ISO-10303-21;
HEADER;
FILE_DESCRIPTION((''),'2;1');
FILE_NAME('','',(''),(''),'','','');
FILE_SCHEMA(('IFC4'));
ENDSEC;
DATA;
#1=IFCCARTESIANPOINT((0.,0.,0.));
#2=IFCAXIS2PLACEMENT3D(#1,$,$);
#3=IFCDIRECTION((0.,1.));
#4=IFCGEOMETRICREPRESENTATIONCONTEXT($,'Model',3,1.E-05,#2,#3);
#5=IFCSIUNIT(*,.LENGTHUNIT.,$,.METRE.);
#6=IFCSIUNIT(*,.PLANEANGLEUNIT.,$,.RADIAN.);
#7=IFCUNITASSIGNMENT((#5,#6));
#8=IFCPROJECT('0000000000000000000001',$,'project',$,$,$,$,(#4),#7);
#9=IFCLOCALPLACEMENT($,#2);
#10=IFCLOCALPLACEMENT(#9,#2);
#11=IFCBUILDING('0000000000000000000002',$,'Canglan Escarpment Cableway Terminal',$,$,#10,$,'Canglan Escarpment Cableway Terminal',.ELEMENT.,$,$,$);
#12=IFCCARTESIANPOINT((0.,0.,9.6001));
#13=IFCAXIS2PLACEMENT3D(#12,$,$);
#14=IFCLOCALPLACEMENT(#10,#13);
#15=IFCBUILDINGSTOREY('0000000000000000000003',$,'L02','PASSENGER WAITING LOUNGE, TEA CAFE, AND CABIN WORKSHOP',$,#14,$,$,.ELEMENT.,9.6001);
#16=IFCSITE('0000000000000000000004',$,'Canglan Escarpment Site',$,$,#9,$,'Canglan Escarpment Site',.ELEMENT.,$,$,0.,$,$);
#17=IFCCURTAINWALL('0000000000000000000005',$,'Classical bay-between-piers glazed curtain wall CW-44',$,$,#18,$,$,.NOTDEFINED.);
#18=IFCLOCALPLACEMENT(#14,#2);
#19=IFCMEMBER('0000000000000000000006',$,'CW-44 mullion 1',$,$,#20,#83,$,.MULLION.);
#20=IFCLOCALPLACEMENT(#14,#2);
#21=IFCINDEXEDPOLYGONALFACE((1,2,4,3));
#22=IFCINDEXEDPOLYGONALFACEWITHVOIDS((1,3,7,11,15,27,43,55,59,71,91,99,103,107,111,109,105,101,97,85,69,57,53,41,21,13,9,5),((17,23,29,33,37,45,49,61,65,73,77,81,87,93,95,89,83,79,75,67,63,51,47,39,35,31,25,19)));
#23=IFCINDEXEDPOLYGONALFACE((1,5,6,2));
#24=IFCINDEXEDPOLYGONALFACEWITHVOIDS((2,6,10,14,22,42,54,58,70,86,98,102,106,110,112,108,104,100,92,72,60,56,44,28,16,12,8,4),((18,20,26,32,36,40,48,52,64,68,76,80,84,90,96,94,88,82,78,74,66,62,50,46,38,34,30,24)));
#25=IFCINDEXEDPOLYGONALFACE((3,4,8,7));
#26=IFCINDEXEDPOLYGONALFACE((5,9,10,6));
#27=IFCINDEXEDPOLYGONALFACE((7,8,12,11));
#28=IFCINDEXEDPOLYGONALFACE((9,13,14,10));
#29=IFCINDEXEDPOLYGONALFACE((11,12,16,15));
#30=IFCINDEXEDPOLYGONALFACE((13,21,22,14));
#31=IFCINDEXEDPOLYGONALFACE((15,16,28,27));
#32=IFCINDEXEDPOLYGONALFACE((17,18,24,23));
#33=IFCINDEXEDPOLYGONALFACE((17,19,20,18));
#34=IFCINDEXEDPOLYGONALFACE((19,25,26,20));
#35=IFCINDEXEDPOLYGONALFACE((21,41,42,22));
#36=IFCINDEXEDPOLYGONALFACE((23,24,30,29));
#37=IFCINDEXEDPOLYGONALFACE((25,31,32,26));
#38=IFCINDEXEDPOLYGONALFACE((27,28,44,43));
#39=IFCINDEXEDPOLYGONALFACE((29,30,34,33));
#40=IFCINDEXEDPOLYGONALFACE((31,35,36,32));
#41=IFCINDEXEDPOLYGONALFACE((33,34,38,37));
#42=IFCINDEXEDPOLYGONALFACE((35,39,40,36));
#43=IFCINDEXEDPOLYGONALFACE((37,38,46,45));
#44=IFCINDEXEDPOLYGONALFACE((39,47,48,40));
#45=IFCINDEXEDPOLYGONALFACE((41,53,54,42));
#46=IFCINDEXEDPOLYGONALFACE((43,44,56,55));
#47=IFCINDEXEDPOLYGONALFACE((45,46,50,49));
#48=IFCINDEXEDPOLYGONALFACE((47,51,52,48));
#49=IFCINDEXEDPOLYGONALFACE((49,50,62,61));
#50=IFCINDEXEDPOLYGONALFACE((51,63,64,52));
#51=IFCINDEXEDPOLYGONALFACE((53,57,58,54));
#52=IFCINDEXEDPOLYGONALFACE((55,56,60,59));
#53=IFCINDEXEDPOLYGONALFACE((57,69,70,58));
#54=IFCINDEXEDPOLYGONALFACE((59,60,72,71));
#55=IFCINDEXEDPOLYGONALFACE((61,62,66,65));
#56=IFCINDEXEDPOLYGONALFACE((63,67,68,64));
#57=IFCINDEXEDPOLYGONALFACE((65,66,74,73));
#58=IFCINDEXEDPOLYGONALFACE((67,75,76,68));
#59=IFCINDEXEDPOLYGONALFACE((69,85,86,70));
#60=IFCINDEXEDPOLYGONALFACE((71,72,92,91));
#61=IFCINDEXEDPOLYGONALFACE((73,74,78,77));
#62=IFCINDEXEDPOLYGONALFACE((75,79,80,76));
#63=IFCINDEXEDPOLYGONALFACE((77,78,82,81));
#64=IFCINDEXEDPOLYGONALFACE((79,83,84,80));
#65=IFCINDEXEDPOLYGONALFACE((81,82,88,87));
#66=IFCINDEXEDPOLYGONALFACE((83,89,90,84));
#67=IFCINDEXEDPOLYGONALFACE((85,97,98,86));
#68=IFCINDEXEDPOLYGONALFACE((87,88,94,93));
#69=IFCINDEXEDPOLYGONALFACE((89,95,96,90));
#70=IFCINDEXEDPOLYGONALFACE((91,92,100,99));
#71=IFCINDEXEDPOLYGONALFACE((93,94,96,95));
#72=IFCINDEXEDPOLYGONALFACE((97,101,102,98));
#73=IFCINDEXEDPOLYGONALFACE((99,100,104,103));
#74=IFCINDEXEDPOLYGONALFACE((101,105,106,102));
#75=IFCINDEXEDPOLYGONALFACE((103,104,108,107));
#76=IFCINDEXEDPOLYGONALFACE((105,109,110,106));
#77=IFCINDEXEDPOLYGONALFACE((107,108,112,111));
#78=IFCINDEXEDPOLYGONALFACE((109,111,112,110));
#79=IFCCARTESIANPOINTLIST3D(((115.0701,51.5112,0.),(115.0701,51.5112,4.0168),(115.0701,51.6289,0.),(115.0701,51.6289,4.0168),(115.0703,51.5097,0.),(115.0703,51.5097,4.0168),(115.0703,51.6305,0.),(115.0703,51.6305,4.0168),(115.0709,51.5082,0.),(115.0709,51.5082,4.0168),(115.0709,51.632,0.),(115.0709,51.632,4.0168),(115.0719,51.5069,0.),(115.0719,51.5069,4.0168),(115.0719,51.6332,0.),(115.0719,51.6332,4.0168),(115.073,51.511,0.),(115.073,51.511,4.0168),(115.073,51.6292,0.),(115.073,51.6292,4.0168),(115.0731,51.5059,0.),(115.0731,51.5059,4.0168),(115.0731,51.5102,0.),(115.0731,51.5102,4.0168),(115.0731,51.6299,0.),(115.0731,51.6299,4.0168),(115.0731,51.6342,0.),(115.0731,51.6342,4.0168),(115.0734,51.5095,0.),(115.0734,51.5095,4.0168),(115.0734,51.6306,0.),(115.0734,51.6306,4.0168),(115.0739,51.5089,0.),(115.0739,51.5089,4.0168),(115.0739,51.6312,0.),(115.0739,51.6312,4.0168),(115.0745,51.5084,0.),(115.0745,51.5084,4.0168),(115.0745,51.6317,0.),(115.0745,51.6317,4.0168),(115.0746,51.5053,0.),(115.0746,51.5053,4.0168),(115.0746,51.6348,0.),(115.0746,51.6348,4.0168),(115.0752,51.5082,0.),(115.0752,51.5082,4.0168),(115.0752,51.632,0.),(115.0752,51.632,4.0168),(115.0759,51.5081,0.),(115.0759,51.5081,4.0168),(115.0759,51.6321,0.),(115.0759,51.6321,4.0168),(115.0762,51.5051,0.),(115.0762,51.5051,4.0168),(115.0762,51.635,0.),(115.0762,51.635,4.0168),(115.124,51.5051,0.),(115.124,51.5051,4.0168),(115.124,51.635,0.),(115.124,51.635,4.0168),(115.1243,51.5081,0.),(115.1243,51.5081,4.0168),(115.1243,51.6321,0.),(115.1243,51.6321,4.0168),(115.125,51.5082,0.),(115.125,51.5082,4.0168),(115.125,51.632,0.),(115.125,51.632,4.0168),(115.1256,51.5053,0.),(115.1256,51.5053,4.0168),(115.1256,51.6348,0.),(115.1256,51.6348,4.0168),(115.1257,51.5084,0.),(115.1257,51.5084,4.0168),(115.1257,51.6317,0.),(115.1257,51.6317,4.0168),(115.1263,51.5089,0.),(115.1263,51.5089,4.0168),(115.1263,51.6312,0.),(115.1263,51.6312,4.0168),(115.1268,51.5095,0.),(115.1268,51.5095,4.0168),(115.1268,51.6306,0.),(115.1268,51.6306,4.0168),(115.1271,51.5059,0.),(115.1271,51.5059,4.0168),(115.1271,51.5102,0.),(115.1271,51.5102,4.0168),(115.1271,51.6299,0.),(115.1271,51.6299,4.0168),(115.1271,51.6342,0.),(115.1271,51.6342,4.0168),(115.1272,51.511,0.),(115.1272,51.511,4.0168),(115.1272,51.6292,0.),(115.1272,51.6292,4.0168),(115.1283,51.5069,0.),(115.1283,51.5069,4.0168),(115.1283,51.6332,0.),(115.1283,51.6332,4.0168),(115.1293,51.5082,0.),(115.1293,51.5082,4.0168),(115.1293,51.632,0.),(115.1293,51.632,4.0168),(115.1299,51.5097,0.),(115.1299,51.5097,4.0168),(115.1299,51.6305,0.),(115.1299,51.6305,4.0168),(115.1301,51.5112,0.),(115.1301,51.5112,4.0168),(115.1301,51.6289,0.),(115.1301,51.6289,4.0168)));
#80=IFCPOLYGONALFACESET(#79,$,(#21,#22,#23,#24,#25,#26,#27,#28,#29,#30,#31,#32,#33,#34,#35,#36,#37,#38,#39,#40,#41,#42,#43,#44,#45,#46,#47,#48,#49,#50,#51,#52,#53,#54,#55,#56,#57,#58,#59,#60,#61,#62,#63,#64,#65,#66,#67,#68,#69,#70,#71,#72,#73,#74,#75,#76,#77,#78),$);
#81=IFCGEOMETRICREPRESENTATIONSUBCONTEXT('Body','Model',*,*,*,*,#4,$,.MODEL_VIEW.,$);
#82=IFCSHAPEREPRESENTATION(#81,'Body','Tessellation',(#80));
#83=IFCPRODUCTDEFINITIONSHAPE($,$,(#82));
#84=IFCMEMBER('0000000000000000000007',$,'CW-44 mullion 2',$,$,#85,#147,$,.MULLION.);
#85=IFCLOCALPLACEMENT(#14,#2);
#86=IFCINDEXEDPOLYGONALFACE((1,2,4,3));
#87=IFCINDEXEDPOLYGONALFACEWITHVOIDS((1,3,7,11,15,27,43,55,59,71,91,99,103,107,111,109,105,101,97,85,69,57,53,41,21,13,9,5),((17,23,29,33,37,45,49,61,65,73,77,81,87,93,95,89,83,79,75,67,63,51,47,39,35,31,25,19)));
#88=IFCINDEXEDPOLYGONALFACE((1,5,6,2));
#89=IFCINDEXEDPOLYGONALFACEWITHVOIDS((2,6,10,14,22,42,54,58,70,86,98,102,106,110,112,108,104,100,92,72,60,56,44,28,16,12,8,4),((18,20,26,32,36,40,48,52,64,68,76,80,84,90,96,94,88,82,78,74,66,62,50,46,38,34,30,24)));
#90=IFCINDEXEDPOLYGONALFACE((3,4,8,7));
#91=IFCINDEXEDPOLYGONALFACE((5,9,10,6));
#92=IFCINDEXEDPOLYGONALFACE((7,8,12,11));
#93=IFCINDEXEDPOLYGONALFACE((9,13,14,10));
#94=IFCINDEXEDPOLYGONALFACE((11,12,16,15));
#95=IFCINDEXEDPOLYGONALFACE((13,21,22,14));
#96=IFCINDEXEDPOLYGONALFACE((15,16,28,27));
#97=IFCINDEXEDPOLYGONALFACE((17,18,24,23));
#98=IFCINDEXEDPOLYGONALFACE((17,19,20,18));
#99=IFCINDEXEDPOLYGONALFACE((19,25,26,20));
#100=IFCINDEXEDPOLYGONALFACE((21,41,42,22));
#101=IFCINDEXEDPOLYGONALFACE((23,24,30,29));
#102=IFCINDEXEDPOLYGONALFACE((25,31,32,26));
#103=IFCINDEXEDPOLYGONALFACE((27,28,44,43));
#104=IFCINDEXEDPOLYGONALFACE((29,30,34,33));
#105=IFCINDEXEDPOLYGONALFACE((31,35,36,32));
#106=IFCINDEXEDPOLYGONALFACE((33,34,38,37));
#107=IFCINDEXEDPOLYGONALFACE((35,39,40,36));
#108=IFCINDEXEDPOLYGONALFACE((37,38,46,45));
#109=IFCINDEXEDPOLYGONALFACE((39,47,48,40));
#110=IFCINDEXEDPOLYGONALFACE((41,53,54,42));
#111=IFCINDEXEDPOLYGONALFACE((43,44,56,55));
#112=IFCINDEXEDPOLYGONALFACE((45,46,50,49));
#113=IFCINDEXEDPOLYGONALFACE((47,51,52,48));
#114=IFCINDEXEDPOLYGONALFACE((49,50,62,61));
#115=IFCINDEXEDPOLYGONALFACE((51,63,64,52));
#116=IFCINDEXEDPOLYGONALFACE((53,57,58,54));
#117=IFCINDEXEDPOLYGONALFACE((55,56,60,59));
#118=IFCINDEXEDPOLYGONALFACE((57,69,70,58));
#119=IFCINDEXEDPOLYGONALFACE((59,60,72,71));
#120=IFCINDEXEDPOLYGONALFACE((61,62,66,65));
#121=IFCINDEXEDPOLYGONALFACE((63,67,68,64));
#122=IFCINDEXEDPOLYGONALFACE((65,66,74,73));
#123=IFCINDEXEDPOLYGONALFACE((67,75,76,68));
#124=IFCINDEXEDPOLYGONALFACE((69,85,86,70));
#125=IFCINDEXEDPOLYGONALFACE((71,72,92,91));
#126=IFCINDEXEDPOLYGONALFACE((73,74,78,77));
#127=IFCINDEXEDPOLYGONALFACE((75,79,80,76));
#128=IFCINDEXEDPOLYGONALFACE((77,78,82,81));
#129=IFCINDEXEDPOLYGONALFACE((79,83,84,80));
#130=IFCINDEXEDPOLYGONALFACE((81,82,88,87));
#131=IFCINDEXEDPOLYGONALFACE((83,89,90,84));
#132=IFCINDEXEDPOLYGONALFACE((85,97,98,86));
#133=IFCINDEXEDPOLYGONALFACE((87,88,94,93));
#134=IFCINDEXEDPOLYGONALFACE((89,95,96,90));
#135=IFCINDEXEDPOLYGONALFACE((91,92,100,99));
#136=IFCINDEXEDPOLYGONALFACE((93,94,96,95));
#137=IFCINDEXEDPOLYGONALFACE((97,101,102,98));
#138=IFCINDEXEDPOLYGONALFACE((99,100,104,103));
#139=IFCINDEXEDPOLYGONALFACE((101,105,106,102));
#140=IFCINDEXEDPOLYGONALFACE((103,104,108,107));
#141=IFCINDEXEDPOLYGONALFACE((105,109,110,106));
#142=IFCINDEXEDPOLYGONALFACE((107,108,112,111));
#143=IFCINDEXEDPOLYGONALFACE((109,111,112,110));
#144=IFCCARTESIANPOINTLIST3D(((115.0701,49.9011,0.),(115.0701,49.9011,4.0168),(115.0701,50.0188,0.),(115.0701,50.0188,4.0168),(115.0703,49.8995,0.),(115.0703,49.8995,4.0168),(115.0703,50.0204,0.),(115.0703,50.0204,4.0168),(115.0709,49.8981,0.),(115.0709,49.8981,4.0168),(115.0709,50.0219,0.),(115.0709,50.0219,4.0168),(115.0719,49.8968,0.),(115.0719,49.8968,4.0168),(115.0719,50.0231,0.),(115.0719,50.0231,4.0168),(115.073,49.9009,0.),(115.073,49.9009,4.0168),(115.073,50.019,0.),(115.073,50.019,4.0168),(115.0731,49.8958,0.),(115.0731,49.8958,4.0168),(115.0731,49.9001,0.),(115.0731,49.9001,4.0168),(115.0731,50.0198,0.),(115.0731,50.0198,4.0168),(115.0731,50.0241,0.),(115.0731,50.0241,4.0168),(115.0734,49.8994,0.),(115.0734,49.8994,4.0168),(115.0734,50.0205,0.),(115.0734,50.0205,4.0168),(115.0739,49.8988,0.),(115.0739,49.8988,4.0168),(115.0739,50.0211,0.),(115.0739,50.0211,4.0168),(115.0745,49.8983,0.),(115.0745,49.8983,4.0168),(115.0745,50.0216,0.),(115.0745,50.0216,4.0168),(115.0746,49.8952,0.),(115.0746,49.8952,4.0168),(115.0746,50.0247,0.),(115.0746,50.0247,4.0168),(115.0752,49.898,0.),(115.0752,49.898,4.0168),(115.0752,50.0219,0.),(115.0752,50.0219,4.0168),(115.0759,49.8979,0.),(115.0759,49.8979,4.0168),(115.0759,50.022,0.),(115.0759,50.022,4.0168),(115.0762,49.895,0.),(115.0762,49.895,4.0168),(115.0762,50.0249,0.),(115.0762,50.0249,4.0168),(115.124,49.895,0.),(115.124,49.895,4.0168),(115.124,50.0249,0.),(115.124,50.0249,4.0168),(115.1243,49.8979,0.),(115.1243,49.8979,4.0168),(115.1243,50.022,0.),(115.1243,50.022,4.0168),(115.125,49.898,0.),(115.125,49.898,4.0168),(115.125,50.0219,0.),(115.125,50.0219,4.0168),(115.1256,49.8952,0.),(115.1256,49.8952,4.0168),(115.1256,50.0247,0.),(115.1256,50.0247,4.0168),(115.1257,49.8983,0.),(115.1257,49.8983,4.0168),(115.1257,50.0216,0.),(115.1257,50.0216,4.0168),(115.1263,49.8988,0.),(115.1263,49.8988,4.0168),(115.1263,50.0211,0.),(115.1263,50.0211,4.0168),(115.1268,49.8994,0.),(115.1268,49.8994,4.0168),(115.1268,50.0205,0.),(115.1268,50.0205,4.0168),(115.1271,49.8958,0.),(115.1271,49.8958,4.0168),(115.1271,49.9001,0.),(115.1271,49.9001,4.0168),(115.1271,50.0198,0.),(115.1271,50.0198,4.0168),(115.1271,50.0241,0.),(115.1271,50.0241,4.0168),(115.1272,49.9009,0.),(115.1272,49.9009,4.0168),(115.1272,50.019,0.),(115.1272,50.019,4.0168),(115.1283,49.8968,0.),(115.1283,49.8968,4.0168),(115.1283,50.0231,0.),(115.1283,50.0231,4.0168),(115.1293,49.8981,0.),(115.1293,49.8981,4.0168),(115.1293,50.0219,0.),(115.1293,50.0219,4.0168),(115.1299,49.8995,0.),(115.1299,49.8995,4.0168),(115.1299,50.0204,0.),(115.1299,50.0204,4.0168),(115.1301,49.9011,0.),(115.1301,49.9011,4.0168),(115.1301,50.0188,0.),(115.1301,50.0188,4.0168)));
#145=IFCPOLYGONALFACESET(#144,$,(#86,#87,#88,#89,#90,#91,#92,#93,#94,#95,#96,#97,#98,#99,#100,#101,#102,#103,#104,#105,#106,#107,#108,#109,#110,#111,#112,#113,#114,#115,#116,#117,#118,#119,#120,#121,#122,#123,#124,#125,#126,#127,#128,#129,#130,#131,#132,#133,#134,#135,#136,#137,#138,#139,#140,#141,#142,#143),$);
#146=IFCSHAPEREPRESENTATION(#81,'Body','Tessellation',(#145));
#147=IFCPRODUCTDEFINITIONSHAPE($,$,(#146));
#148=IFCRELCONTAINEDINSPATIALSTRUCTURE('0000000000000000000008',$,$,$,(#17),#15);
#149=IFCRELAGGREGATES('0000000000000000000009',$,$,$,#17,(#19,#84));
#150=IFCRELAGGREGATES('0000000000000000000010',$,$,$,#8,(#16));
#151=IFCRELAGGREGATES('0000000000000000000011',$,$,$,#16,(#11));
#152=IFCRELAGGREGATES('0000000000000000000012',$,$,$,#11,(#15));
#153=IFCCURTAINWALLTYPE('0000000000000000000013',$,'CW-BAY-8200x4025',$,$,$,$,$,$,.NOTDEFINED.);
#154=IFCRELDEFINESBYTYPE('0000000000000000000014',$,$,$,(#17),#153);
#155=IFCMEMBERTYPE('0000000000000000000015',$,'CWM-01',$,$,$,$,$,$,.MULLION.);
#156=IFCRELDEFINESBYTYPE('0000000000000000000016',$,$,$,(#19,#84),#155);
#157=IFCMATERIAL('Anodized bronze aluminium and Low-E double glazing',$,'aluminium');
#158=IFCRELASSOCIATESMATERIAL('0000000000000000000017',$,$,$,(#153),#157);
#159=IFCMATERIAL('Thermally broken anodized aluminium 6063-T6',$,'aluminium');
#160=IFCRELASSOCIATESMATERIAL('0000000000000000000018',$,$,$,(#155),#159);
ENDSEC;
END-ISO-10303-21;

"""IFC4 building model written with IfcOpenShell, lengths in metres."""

from ifc_helpers import new_model, si_unit, direction, frame, origin, origin_2d, place, context, subcontext, project, spatial, hollow_rectangle, extrude, material, material_profile, profile_set, type_object, element, aggregate, save


model = new_model("IFC4")

# Units and contexts
model_context = context("Model", 3, precision=1e-05, world=origin(), true_north=direction((0.0, 1.0)))
body_context = subcontext(model_context, "Body", "Model", "MODEL_VIEW")
ifc_project = project(units=[si_unit("LENGTHUNIT", "METRE"), si_unit("PLANEANGLEUNIT", "RADIAN")], contexts=[model_context])

# Site, building, storey
site_placement = place(None, origin())
site = spatial("IfcSite", under=ifc_project, at=site_placement, Name="Canglan Escarpment Site", LongName="Canglan Escarpment Site", CompositionType="ELEMENT", RefElevation=0.0)
building_placement = place(site_placement, origin())
building = spatial("IfcBuilding", under=site, at=building_placement, Name="Canglan Escarpment Cableway Terminal", LongName="Canglan Escarpment Cableway Terminal", CompositionType="ELEMENT")
storey_placement = place(building_placement, frame((0.0, 0.0, 9.6001)))
storey = spatial("IfcBuildingStorey", under=building, at=storey_placement, Name="L02", Description="PASSENGER WAITING LOUNGE, TEA CAFE, AND CABIN WORKSHOP", CompositionType="ELEMENT", Elevation=9.6001)

# Curtain wall, members
ifc_material_1 = material(Name="Anodized bronze aluminium and Low-E double glazing", Category="aluminium")
curtain_wall_type = type_object("IfcCurtainWallType", Name="CW-BAY-8200x4025", PredefinedType="NOTDEFINED", material=ifc_material_1)
curtain_wall_1_placement = place(storey_placement, origin())
curtain_wall_1 = element("IfcCurtainWall", 1, at=curtain_wall_1_placement, inside=storey, type_object=curtain_wall_type, Name="Classical bay-between-piers glazed curtain wall CW-44", PredefinedType="NOTDEFINED")
ifc_material_2 = material(Name="Thermally broken anodized aluminium 6063-T6", Category="aluminium")
ifc_material_profile_1 = material_profile(ifc_material_2, hollow_rectangle(XDim=0.0601, YDim=0.1299, WallThickness=0.0029, InnerFilletRadius=0.0029, OuterFilletRadius=0.0061, at=origin_2d()), Name="ALU-MULL 60x130x3")
ifc_profile_set_1 = profile_set([ifc_material_profile_1], Name="Thermally broken anodized aluminium 6063-T6")
member_type_1 = type_object("IfcMemberType", Name="CWM-01", PredefinedType="MULLION", material=ifc_profile_set_1)
member_1_placement = place(storey_placement, frame((115.1001, 51.5701, 0.0), z_axis=(0.0, 0.0, 1.0), x_axis=(1.0, 0.0, 0.0)))
member_1 = element("IfcMember", 2, at=member_1_placement, type_object=member_type_1, Name="CW-44 mullion 1", PredefinedType="MULLION", context=body_context, shape_type="SweptSolid", body=[
    extrude(hollow_rectangle(XDim=0.0601, YDim=0.1299, WallThickness=0.0029, InnerFilletRadius=0.0029, OuterFilletRadius=0.0061, at=origin_2d()), origin(), (0.0, 0.0, 1.0), 4.0168),
])
member_2_placement = place(storey_placement, frame((115.1001, 49.96, 0.0), z_axis=(0.0, 0.0, 1.0), x_axis=(1.0, 0.0, 0.0)))
member_2 = element("IfcMember", 3, at=member_2_placement, type_object=member_type_1, Name="CW-44 mullion 2", PredefinedType="MULLION", context=body_context, shape_type="SweptSolid", body=[
    extrude(hollow_rectangle(XDim=0.0601, YDim=0.1299, WallThickness=0.0029, InnerFilletRadius=0.0029, OuterFilletRadius=0.0061, at=origin_2d()), origin(), (0.0, 0.0, 1.0), 4.0168),
])

aggregate(curtain_wall_1, [member_1, member_2])

save(model, "model.ifc")
